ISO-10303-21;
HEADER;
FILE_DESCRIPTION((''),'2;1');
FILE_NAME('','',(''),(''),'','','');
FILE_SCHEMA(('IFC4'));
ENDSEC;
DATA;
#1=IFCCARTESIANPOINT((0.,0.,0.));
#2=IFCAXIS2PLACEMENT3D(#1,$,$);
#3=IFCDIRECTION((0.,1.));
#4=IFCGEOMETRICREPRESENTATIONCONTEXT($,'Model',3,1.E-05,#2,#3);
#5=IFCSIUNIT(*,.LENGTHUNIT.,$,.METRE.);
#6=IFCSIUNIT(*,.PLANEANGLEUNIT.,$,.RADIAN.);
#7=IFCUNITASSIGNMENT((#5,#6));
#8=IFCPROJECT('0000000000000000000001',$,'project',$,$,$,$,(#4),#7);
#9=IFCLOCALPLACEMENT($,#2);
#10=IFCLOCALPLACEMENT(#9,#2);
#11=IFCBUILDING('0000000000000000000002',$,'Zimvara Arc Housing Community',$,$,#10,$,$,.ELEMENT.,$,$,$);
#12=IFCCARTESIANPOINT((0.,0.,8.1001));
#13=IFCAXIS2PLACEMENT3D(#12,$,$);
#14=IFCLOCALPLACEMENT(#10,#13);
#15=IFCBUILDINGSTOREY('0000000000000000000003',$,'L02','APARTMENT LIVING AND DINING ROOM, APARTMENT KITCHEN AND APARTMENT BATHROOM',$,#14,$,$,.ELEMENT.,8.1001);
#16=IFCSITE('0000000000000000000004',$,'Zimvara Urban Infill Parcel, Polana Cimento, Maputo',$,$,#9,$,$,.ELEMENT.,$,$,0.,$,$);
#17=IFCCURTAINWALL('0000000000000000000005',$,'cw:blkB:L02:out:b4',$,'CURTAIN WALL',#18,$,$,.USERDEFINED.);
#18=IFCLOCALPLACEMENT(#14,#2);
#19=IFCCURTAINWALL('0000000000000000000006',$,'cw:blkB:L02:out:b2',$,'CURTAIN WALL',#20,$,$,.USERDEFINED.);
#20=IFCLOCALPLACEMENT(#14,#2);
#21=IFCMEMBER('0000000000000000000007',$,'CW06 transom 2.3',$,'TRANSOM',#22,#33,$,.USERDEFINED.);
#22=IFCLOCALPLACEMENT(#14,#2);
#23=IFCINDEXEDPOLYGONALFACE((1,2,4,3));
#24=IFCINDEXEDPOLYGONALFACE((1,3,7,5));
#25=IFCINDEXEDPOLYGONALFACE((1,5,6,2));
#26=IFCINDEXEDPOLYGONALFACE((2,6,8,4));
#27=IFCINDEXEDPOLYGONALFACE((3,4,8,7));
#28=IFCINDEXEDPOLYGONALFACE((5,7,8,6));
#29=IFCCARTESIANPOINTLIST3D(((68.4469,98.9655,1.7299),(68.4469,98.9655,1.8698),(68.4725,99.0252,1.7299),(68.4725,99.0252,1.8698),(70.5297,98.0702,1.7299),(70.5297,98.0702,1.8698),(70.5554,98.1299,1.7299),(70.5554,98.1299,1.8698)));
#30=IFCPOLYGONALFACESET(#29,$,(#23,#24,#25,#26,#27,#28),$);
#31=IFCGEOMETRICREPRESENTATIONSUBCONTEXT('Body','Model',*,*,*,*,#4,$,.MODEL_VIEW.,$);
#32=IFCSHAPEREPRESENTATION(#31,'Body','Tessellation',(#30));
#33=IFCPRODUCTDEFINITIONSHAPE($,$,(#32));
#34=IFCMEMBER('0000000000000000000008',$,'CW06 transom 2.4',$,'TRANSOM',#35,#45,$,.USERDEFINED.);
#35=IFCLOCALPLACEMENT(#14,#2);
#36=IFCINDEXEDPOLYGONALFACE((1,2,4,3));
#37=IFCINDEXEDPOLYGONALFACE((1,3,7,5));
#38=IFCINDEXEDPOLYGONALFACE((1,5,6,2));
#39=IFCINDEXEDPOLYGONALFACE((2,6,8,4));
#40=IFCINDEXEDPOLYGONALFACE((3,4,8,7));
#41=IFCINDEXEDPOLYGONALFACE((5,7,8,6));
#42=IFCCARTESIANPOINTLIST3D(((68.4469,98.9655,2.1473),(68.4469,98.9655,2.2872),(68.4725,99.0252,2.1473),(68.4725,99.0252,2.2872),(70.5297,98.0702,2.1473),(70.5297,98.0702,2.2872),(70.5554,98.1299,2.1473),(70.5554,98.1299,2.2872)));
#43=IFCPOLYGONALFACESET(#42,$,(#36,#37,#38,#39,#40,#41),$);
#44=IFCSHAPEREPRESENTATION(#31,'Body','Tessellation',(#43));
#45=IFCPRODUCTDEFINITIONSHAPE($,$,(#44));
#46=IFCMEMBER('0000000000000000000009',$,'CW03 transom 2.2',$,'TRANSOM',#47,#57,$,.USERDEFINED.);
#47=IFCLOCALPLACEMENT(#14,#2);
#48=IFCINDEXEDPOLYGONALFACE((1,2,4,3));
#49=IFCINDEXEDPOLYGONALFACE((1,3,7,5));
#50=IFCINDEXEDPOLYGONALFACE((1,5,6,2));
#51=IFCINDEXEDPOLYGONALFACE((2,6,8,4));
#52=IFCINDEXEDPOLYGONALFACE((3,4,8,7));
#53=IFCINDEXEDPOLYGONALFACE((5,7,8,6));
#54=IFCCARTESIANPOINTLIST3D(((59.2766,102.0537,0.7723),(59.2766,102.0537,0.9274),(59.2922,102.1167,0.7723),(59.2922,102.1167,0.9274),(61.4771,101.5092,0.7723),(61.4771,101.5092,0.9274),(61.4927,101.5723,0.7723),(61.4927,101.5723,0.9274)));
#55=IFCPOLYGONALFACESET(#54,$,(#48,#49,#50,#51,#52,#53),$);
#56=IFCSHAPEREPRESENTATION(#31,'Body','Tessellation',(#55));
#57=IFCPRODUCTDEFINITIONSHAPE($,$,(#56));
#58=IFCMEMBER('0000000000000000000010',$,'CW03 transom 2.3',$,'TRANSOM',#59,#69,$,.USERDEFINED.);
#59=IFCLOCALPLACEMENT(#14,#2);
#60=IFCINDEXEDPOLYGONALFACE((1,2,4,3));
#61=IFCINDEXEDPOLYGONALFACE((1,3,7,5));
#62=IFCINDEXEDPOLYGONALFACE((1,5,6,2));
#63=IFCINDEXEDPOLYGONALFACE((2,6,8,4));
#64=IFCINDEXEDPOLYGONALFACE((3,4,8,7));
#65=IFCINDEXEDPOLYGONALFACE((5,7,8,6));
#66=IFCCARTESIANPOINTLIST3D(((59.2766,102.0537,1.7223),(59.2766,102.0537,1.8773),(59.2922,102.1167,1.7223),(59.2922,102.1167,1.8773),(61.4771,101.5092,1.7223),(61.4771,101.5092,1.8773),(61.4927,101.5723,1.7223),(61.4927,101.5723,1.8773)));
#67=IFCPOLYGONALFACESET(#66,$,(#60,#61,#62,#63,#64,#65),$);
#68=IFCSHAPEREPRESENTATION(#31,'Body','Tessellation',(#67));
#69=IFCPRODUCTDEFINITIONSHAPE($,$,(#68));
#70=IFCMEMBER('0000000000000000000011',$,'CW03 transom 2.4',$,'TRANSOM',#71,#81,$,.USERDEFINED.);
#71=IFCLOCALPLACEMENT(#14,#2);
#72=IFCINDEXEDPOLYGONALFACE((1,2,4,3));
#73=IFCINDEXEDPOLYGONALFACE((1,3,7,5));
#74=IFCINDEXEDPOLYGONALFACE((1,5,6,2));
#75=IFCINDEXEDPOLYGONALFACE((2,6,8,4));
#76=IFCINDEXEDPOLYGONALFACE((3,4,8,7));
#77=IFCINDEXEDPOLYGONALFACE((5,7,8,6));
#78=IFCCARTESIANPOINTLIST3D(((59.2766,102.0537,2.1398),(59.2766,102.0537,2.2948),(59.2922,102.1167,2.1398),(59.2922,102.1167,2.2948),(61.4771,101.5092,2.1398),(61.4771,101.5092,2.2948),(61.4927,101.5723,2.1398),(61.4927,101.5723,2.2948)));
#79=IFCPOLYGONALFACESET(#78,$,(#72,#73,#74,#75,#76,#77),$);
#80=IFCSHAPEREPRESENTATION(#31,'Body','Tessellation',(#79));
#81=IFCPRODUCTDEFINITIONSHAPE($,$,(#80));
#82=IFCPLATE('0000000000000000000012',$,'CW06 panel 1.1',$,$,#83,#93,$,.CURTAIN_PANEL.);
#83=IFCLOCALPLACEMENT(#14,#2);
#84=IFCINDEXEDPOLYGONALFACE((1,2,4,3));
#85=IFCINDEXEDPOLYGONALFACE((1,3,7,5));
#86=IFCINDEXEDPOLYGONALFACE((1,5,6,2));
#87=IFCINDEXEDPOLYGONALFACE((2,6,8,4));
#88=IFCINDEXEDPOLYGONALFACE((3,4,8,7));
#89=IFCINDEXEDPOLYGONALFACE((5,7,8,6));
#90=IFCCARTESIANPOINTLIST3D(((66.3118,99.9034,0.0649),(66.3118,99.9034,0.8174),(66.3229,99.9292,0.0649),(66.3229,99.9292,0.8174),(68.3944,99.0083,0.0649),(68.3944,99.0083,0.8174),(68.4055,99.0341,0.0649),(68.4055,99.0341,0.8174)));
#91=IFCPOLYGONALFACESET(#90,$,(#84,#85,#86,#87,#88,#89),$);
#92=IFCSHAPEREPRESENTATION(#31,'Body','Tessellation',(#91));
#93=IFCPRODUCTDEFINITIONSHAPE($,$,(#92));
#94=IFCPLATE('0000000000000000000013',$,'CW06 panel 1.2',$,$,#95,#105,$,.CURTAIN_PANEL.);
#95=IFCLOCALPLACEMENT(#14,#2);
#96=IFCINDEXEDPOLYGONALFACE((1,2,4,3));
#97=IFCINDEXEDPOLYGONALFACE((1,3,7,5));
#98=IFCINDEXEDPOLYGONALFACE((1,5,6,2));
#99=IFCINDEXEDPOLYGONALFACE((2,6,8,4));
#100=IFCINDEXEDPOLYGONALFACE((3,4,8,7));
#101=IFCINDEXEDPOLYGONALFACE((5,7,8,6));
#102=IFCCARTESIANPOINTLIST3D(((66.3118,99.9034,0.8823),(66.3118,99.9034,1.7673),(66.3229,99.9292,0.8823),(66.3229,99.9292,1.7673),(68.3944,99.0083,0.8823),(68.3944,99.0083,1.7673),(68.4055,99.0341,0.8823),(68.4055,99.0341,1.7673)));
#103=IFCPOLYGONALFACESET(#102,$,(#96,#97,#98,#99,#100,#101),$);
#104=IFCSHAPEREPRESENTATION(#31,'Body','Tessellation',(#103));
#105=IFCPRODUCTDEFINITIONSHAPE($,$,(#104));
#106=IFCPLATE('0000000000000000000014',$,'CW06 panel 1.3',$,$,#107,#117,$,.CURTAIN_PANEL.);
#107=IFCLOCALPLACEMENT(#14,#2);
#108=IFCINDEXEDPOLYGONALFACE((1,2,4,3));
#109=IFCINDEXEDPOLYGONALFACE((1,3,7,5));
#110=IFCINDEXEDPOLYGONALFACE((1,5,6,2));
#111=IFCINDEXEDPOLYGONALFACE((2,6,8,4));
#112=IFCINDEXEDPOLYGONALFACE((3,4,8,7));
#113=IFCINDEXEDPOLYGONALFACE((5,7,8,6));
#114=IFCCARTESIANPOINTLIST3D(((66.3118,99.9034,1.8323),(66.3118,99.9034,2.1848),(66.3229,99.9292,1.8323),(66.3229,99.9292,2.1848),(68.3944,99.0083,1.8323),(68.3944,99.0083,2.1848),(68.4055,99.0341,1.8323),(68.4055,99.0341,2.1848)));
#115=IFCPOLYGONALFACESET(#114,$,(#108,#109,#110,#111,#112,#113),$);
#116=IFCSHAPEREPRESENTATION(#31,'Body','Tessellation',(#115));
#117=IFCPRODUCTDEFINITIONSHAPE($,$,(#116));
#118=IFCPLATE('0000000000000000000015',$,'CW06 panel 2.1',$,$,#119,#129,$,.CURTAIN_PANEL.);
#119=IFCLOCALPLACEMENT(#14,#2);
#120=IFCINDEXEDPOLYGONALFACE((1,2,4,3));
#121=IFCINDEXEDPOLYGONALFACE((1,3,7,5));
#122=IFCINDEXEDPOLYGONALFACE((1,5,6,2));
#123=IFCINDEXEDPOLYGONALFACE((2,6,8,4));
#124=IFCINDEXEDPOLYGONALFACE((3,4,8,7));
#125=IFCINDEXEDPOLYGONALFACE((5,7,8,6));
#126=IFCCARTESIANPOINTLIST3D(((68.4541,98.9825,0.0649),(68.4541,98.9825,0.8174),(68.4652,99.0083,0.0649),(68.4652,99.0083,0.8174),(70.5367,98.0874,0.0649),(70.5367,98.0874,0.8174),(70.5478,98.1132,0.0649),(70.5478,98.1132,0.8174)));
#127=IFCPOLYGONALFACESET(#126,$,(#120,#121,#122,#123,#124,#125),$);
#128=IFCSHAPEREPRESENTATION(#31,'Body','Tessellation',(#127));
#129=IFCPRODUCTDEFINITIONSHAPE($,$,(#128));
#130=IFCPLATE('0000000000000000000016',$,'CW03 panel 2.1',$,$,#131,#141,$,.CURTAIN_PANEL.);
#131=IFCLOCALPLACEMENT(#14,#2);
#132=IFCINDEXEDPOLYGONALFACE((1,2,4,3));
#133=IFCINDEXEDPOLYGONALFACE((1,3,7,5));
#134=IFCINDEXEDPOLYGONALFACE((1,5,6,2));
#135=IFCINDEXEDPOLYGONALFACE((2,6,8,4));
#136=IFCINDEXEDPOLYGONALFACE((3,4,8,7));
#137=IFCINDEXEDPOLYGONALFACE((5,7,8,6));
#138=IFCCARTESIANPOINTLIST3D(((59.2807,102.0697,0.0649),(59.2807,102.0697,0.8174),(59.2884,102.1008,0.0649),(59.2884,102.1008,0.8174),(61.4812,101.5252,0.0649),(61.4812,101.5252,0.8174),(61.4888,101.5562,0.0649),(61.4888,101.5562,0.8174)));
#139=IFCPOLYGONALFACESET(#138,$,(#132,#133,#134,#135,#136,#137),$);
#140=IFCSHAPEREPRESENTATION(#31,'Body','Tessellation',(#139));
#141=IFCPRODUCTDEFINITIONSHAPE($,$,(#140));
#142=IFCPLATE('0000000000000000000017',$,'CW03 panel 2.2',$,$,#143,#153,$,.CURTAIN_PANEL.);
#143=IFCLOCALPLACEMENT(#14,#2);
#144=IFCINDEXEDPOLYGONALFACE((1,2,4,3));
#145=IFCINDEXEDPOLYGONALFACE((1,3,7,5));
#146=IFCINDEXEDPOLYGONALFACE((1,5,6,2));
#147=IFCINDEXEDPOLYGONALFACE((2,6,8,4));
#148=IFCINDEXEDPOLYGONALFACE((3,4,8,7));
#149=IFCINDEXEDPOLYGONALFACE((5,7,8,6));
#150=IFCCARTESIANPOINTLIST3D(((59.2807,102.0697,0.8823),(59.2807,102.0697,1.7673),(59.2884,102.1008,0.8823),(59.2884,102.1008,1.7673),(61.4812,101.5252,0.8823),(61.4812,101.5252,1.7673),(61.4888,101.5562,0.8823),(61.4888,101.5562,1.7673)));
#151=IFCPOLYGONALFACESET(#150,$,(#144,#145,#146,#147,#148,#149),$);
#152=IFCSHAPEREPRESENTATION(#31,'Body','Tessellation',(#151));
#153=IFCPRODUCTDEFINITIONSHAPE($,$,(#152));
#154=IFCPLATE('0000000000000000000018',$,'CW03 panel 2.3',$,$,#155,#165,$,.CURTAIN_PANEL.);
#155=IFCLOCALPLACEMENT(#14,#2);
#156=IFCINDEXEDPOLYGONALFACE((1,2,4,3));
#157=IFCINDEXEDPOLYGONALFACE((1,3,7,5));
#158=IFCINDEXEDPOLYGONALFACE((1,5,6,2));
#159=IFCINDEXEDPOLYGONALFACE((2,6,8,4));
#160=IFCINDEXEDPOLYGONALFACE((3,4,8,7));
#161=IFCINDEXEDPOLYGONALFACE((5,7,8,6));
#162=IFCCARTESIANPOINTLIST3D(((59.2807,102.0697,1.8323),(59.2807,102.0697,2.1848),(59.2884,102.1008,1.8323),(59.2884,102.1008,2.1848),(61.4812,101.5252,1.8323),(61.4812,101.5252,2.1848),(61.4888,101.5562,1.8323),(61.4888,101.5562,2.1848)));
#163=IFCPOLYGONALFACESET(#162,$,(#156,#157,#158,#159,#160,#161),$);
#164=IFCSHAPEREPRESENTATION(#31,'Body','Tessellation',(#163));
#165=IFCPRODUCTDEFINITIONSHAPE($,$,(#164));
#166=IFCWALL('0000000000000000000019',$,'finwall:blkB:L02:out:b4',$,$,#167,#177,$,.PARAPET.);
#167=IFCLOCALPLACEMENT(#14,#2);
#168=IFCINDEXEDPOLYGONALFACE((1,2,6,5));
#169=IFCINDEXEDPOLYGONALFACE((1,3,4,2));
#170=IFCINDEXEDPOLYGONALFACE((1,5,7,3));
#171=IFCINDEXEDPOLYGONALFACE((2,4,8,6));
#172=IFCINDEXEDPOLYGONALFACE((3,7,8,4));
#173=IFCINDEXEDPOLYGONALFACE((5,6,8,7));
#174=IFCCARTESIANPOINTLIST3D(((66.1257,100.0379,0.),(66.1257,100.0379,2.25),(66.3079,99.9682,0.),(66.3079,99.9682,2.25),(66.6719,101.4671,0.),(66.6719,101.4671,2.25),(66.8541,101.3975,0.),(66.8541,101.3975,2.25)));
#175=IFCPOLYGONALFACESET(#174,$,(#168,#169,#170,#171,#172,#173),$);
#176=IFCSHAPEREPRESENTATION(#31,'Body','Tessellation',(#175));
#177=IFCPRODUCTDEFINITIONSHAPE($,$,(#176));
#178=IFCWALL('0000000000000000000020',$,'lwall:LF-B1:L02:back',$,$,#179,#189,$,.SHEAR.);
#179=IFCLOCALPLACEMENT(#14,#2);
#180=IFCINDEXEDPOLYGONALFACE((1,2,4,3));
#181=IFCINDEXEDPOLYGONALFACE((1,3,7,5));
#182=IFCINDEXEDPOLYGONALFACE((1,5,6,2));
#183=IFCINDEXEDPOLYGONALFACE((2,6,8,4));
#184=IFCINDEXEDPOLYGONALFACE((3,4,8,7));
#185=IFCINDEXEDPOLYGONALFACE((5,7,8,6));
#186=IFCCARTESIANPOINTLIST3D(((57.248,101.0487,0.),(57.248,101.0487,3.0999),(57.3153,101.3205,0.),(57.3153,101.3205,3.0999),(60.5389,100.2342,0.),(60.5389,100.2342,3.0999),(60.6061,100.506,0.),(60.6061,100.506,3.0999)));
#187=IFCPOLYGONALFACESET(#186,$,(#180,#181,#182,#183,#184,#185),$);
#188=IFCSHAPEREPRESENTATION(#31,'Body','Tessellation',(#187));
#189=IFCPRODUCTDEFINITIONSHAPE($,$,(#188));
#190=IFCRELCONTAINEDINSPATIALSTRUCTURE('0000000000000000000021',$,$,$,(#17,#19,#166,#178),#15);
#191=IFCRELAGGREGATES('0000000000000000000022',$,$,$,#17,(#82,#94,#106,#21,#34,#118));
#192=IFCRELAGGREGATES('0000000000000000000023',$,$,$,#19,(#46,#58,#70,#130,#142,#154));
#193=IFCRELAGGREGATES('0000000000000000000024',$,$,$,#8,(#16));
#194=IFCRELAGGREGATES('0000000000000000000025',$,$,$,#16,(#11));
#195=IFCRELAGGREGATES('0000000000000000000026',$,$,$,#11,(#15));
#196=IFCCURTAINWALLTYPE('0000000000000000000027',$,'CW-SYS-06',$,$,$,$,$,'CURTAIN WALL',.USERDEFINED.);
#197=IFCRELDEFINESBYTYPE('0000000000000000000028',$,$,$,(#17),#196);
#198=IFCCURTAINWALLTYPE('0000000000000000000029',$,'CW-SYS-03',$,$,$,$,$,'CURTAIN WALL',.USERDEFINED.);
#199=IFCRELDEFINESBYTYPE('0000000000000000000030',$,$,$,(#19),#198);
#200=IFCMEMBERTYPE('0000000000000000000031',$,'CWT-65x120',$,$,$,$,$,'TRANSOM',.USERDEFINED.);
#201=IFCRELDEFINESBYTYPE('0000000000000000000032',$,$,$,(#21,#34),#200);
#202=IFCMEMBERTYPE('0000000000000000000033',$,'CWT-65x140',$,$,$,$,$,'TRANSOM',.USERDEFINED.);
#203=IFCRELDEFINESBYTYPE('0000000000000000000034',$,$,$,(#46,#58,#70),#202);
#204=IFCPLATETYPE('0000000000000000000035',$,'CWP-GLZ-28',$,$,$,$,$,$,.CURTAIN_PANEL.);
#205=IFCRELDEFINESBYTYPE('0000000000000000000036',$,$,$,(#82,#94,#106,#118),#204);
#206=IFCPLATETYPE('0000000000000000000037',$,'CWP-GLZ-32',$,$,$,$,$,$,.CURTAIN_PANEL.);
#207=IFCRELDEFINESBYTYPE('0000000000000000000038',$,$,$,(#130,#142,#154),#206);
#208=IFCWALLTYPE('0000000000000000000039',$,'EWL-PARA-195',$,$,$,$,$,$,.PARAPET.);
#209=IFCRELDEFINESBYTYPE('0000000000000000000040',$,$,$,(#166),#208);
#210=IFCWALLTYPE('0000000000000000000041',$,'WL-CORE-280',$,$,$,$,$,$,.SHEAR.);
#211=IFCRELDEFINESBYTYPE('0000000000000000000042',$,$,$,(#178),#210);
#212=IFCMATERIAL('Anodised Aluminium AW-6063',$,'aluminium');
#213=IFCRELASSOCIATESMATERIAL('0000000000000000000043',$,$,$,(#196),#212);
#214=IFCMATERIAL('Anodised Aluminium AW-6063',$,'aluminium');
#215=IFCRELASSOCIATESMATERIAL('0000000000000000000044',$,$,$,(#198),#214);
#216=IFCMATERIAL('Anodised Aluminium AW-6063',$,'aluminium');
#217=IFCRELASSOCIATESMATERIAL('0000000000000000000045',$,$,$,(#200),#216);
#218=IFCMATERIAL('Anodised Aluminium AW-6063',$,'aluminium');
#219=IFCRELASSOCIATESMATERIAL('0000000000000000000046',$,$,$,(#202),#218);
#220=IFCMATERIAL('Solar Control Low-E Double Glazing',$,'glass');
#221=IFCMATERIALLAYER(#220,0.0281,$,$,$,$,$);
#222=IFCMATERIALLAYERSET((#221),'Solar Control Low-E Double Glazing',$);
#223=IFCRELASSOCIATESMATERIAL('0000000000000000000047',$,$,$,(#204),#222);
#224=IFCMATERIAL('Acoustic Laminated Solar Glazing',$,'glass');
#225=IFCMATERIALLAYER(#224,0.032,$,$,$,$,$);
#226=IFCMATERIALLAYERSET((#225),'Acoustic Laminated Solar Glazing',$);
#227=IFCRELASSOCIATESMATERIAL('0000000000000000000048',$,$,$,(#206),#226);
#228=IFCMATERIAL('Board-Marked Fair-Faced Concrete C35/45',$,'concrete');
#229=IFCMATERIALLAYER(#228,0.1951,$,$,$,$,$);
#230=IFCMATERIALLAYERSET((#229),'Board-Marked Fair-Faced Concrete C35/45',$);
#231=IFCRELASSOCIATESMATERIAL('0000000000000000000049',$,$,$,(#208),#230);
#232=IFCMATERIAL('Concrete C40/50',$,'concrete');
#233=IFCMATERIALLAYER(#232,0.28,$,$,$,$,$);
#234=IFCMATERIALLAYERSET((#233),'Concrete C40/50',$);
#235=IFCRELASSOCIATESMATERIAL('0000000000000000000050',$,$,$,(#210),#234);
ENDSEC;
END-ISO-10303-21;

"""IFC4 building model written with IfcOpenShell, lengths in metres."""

from ifc_helpers import new_model, si_unit, direction, frame, frame_2d, origin, origin_2d, place, context, subcontext, project, spatial, rectangle, extrude, material, layer, layer_set, material_profile, profile_set, type_object, element, aggregate, save


model = new_model("IFC4")

# Units and contexts
model_context = context("Model", 3, precision=1e-05, world=origin(), true_north=direction((0.0, 1.0)))
body_context = subcontext(model_context, "Body", "Model", "MODEL_VIEW")
ifc_project = project(units=[si_unit("LENGTHUNIT", "METRE"), si_unit("PLANEANGLEUNIT", "RADIAN")], contexts=[model_context])

# Site, building, storey
site_placement = place(None, origin())
site = spatial("IfcSite", under=ifc_project, at=site_placement, Name="Zimvara Urban Infill Parcel, Polana Cimento, Maputo", CompositionType="ELEMENT", RefElevation=0.0)
building_placement = place(site_placement, origin())
building = spatial("IfcBuilding", under=site, at=building_placement, Name="Zimvara Arc Housing Community", CompositionType="ELEMENT")
storey_placement = place(building_placement, frame((0.0, 0.0, 8.1001)))
storey = spatial("IfcBuildingStorey", under=building, at=storey_placement, Name="L02", Description="APARTMENT LIVING AND DINING ROOM, APARTMENT KITCHEN AND APARTMENT BATHROOM", CompositionType="ELEMENT", Elevation=8.1001)

# Curtain wall
ifc_material_1 = material(Name="Anodised Aluminium AW-6063", Category="aluminium")
curtain_wall_type_1 = type_object("IfcCurtainWallType", Name="CW-SYS-06", ElementType="CURTAIN WALL", PredefinedType="USERDEFINED", material=ifc_material_1)
curtain_wall_1_placement = place(storey_placement, origin())
curtain_wall_1 = element("IfcCurtainWall", 1, at=curtain_wall_1_placement, inside=storey, type_object=curtain_wall_type_1, Name="cw:blkB:L02:out:b4", ObjectType="CURTAIN WALL", PredefinedType="USERDEFINED")

# Curtain wall
ifc_material_2 = material(Name="Anodised Aluminium AW-6063", Category="aluminium")
curtain_wall_type_2 = type_object("IfcCurtainWallType", Name="CW-SYS-03", ElementType="CURTAIN WALL", PredefinedType="USERDEFINED", material=ifc_material_2)
curtain_wall_2_placement = place(storey_placement, origin())
curtain_wall_2 = element("IfcCurtainWall", 2, at=curtain_wall_2_placement, inside=storey, type_object=curtain_wall_type_2, Name="cw:blkB:L02:out:b2", ObjectType="CURTAIN WALL", PredefinedType="USERDEFINED")

# Members
ifc_material_3 = material(Name="Anodised Aluminium AW-6063", Category="aluminium")
ifc_material_profile_1 = material_profile(ifc_material_3, rectangle(XDim=0.0649, YDim=0.1399, at=origin_2d()), Name="ALU 65x140")
ifc_profile_set_1 = profile_set([ifc_material_profile_1], Name="Anodised Aluminium AW-6063")
member_type_1 = type_object("IfcMemberType", Name="CWT-65x120", ElementType="TRANSOM", PredefinedType="USERDEFINED", material=ifc_profile_set_1)
member_1_placement = place(storey_placement, frame((68.4597, 98.9954, 1.7998), z_axis=(0.918721, -0.394907, 0.0), x_axis=(0.394907, 0.918721, 0.0)))
member_1 = element("IfcMember", 3, at=member_1_placement, type_object=member_type_1, Name="CW06 transom 2.3", ObjectType="TRANSOM", PredefinedType="USERDEFINED", context=body_context, shape_type="SweptSolid", body=[
    extrude(rectangle(XDim=0.0649, YDim=0.1399, at=origin_2d()), origin(), (0.0, 0.0, 1.0), 2.2671),
])
member_2_placement = place(storey_placement, frame((68.4597, 98.9954, 2.2173), z_axis=(0.918721, -0.394907, 0.0), x_axis=(0.394907, 0.918721, 0.0)))
member_2 = element("IfcMember", 4, at=member_2_placement, type_object=member_type_1, Name="CW06 transom 2.4", ObjectType="TRANSOM", PredefinedType="USERDEFINED", context=body_context, shape_type="SweptSolid", body=[
    extrude(rectangle(XDim=0.0649, YDim=0.1399, at=origin_2d()), origin(), (0.0, 0.0, 1.0), 2.2671),
])
ifc_material_4 = material(Name="Anodised Aluminium AW-6063", Category="aluminium")
ifc_material_profile_2 = material_profile(ifc_material_4, rectangle(XDim=0.0649, YDim=0.155, at=origin_2d()), Name="ALU 65x155")
ifc_profile_set_2 = profile_set([ifc_material_profile_2], Name="Anodised Aluminium AW-6063")
member_type_2 = type_object("IfcMemberType", Name="CWT-65x140", ElementType="TRANSOM", PredefinedType="USERDEFINED", material=ifc_profile_set_2)
member_3_placement = place(storey_placement, frame((59.2844, 102.0852, 0.8499), z_axis=(0.970729, -0.240178, 0.0), x_axis=(0.240178, 0.970729, 0.0)))
member_3 = element("IfcMember", 5, at=member_3_placement, type_object=member_type_2, Name="CW03 transom 2.2", ObjectType="TRANSOM", PredefinedType="USERDEFINED", context=body_context, shape_type="SweptSolid", body=[
    extrude(rectangle(XDim=0.0649, YDim=0.155, at=origin_2d()), origin(), (0.0, 0.0, 1.0), 2.2668),
])
member_4_placement = place(storey_placement, frame((59.2844, 102.0852, 1.7998), z_axis=(0.970729, -0.240178, 0.0), x_axis=(0.240178, 0.970729, 0.0)))
member_4 = element("IfcMember", 6, at=member_4_placement, type_object=member_type_2, Name="CW03 transom 2.3", ObjectType="TRANSOM", PredefinedType="USERDEFINED", context=body_context, shape_type="SweptSolid", body=[
    extrude(rectangle(XDim=0.0649, YDim=0.155, at=origin_2d()), origin(), (0.0, 0.0, 1.0), 2.2668),
])
member_5_placement = place(storey_placement, frame((59.2844, 102.0852, 2.2173), z_axis=(0.970729, -0.240178, 0.0), x_axis=(0.240178, 0.970729, 0.0)))
member_5 = element("IfcMember", 7, at=member_5_placement, type_object=member_type_2, Name="CW03 transom 2.4", ObjectType="TRANSOM", PredefinedType="USERDEFINED", context=body_context, shape_type="SweptSolid", body=[
    extrude(rectangle(XDim=0.0649, YDim=0.155, at=origin_2d()), origin(), (0.0, 0.0, 1.0), 2.2668),
])

# Plates
ifc_material_5 = material(Name="Solar Control Low-E Double Glazing", Category="glass")
ifc_layer_1 = layer(ifc_material_5, 0.0281)
ifc_layer_set_1 = layer_set([ifc_layer_1], Name="Solar Control Low-E Double Glazing")
plate_type_1 = type_object("IfcPlateType", Name="CWP-GLZ-28", PredefinedType="CURTAIN_PANEL", material=ifc_layer_set_1)
plate_1_placement = place(storey_placement, frame((67.3586, 99.4688, 0.0649), z_axis=(0.0, 0.0, 1.0), x_axis=(0.918722, -0.394904, 0.0)))
plate_1 = element("IfcPlate", 8, at=plate_1_placement, type_object=plate_type_1, Name="CW06 panel 1.1", PredefinedType="CURTAIN_PANEL", context=body_context, shape_type="SweptSolid", body=[
    extrude(rectangle(XDim=2.2668, YDim=0.0281, at=origin_2d()), origin(), (0.0, 0.0, 1.0), 0.7524),
])
plate_2_placement = place(storey_placement, frame((67.3586, 99.4688, 0.8823), z_axis=(0.0, 0.0, 1.0), x_axis=(0.918722, -0.394904, 0.0)))
plate_2 = element("IfcPlate", 9, at=plate_2_placement, type_object=plate_type_1, Name="CW06 panel 1.2", PredefinedType="CURTAIN_PANEL", context=body_context, shape_type="SweptSolid", body=[
    extrude(rectangle(XDim=2.2668, YDim=0.0281, at=origin_2d()), origin(), (0.0, 0.0, 1.0), 0.885),
])
plate_3_placement = place(storey_placement, frame((67.3586, 99.4688, 1.8323), z_axis=(0.0, 0.0, 1.0), x_axis=(0.918722, -0.394904, 0.0)))
plate_3 = element("IfcPlate", 10, at=plate_3_placement, type_object=plate_type_1, Name="CW06 panel 1.3", PredefinedType="CURTAIN_PANEL", context=body_context, shape_type="SweptSolid", body=[
    extrude(rectangle(XDim=2.2668, YDim=0.0281, at=origin_2d()), origin(), (0.0, 0.0, 1.0), 0.3525),
])
plate_4_placement = place(storey_placement, frame((69.501, 98.5479, 0.0649), z_axis=(0.0, 0.0, 1.0), x_axis=(0.918722, -0.394904, 0.0)))
plate_4 = element("IfcPlate", 11, at=plate_4_placement, type_object=plate_type_1, Name="CW06 panel 2.1", PredefinedType="CURTAIN_PANEL", context=body_context, shape_type="SweptSolid", body=[
    extrude(rectangle(XDim=2.2668, YDim=0.0281, at=origin_2d()), origin(), (0.0, 0.0, 1.0), 0.7524),
])
aggregate(curtain_wall_1, [plate_1, plate_2, plate_3, member_1, member_2, plate_4])
ifc_material_6 = material(Name="Acoustic Laminated Solar Glazing", Category="glass")
ifc_layer_2 = layer(ifc_material_6, 0.032)
ifc_layer_set_2 = layer_set([ifc_layer_2], Name="Acoustic Laminated Solar Glazing")
plate_type_2 = type_object("IfcPlateType", Name="CWP-GLZ-32", PredefinedType="CURTAIN_PANEL", material=ifc_layer_set_2)
plate_5_placement = place(storey_placement, frame((60.3848, 101.813, 0.0649), z_axis=(0.0, 0.0, 1.0), x_axis=(0.970716, -0.24023, 0.0)))
plate_5 = element("IfcPlate", 12, at=plate_5_placement, type_object=plate_type_2, Name="CW03 panel 2.1", PredefinedType="CURTAIN_PANEL", context=body_context, shape_type="SweptSolid", body=[
    extrude(rectangle(XDim=2.2668, YDim=0.032, at=origin_2d()), origin(), (0.0, 0.0, 1.0), 0.7524),
])
plate_6_placement = place(storey_placement, frame((60.3848, 101.813, 0.8823), z_axis=(0.0, 0.0, 1.0), x_axis=(0.970716, -0.24023, 0.0)))
plate_6 = element("IfcPlate", 13, at=plate_6_placement, type_object=plate_type_2, Name="CW03 panel 2.2", PredefinedType="CURTAIN_PANEL", context=body_context, shape_type="SweptSolid", body=[
    extrude(rectangle(XDim=2.2668, YDim=0.032, at=origin_2d()), origin(), (0.0, 0.0, 1.0), 0.885),
])
plate_7_placement = place(storey_placement, frame((60.3848, 101.813, 1.8323), z_axis=(0.0, 0.0, 1.0), x_axis=(0.970716, -0.24023, 0.0)))
plate_7 = element("IfcPlate", 14, at=plate_7_placement, type_object=plate_type_2, Name="CW03 panel 2.3", PredefinedType="CURTAIN_PANEL", context=body_context, shape_type="SweptSolid", body=[
    extrude(rectangle(XDim=2.2668, YDim=0.032, at=origin_2d()), origin(), (0.0, 0.0, 1.0), 0.3525),
])
aggregate(curtain_wall_2, [member_3, member_4, member_5, plate_5, plate_6, plate_7])

# Wall
ifc_material_7 = material(Name="Board-Marked Fair-Faced Concrete C35/45", Category="concrete")
ifc_layer_3 = layer(ifc_material_7, 0.1951)
ifc_layer_set_3 = layer_set([ifc_layer_3], Name="Board-Marked Fair-Faced Concrete C35/45")
wall_type_1 = type_object("IfcWallType", Name="EWL-PARA-195", PredefinedType="PARAPET", material=ifc_layer_set_3)
wall_1_placement = place(storey_placement, frame((66.2168, 100.0029, 0.0), z_axis=(0.0, 0.0, 1.0), x_axis=(0.356957, 0.934121, 0.0)))
element("IfcWall", 15, at=wall_1_placement, inside=storey, type_object=wall_type_1, Name="finwall:blkB:L02:out:b4", PredefinedType="PARAPET", context=body_context, shape_type="SweptSolid", body=[
    extrude(rectangle(XDim=1.53, YDim=0.1951, at=frame_2d((0.7651, 0.0))), origin(), (0.0, 0.0, 1.0), 2.25),
])

# Shared definitions
ifc_material_8 = material(Name="Concrete C40/50", Category="concrete")
ifc_layer_4 = layer(ifc_material_8, 0.28)
ifc_layer_set_4 = layer_set([ifc_layer_4], Name="Concrete C40/50")
wall_type_2 = type_object("IfcWallType", Name="WL-CORE-280", PredefinedType="SHEAR", material=ifc_layer_set_4)

# Wall
wall_2_placement = place(storey_placement, frame((60.5725, 100.3701, 0.0), z_axis=(0.0, 0.0, 1.0), x_axis=(-0.970712, 0.240247, 0.0)))
element("IfcWall", 16, at=wall_2_placement, inside=storey, type_object=wall_type_2, Name="lwall:LF-B1:L02:back", PredefinedType="SHEAR", context=body_context, shape_type="SweptSolid", body=[
    extrude(rectangle(XDim=3.3901, YDim=0.28, at=frame_2d((1.6951, 0.0))), origin(), (0.0, 0.0, 1.0), 3.0999),
])

save(model, "model.ifc")
